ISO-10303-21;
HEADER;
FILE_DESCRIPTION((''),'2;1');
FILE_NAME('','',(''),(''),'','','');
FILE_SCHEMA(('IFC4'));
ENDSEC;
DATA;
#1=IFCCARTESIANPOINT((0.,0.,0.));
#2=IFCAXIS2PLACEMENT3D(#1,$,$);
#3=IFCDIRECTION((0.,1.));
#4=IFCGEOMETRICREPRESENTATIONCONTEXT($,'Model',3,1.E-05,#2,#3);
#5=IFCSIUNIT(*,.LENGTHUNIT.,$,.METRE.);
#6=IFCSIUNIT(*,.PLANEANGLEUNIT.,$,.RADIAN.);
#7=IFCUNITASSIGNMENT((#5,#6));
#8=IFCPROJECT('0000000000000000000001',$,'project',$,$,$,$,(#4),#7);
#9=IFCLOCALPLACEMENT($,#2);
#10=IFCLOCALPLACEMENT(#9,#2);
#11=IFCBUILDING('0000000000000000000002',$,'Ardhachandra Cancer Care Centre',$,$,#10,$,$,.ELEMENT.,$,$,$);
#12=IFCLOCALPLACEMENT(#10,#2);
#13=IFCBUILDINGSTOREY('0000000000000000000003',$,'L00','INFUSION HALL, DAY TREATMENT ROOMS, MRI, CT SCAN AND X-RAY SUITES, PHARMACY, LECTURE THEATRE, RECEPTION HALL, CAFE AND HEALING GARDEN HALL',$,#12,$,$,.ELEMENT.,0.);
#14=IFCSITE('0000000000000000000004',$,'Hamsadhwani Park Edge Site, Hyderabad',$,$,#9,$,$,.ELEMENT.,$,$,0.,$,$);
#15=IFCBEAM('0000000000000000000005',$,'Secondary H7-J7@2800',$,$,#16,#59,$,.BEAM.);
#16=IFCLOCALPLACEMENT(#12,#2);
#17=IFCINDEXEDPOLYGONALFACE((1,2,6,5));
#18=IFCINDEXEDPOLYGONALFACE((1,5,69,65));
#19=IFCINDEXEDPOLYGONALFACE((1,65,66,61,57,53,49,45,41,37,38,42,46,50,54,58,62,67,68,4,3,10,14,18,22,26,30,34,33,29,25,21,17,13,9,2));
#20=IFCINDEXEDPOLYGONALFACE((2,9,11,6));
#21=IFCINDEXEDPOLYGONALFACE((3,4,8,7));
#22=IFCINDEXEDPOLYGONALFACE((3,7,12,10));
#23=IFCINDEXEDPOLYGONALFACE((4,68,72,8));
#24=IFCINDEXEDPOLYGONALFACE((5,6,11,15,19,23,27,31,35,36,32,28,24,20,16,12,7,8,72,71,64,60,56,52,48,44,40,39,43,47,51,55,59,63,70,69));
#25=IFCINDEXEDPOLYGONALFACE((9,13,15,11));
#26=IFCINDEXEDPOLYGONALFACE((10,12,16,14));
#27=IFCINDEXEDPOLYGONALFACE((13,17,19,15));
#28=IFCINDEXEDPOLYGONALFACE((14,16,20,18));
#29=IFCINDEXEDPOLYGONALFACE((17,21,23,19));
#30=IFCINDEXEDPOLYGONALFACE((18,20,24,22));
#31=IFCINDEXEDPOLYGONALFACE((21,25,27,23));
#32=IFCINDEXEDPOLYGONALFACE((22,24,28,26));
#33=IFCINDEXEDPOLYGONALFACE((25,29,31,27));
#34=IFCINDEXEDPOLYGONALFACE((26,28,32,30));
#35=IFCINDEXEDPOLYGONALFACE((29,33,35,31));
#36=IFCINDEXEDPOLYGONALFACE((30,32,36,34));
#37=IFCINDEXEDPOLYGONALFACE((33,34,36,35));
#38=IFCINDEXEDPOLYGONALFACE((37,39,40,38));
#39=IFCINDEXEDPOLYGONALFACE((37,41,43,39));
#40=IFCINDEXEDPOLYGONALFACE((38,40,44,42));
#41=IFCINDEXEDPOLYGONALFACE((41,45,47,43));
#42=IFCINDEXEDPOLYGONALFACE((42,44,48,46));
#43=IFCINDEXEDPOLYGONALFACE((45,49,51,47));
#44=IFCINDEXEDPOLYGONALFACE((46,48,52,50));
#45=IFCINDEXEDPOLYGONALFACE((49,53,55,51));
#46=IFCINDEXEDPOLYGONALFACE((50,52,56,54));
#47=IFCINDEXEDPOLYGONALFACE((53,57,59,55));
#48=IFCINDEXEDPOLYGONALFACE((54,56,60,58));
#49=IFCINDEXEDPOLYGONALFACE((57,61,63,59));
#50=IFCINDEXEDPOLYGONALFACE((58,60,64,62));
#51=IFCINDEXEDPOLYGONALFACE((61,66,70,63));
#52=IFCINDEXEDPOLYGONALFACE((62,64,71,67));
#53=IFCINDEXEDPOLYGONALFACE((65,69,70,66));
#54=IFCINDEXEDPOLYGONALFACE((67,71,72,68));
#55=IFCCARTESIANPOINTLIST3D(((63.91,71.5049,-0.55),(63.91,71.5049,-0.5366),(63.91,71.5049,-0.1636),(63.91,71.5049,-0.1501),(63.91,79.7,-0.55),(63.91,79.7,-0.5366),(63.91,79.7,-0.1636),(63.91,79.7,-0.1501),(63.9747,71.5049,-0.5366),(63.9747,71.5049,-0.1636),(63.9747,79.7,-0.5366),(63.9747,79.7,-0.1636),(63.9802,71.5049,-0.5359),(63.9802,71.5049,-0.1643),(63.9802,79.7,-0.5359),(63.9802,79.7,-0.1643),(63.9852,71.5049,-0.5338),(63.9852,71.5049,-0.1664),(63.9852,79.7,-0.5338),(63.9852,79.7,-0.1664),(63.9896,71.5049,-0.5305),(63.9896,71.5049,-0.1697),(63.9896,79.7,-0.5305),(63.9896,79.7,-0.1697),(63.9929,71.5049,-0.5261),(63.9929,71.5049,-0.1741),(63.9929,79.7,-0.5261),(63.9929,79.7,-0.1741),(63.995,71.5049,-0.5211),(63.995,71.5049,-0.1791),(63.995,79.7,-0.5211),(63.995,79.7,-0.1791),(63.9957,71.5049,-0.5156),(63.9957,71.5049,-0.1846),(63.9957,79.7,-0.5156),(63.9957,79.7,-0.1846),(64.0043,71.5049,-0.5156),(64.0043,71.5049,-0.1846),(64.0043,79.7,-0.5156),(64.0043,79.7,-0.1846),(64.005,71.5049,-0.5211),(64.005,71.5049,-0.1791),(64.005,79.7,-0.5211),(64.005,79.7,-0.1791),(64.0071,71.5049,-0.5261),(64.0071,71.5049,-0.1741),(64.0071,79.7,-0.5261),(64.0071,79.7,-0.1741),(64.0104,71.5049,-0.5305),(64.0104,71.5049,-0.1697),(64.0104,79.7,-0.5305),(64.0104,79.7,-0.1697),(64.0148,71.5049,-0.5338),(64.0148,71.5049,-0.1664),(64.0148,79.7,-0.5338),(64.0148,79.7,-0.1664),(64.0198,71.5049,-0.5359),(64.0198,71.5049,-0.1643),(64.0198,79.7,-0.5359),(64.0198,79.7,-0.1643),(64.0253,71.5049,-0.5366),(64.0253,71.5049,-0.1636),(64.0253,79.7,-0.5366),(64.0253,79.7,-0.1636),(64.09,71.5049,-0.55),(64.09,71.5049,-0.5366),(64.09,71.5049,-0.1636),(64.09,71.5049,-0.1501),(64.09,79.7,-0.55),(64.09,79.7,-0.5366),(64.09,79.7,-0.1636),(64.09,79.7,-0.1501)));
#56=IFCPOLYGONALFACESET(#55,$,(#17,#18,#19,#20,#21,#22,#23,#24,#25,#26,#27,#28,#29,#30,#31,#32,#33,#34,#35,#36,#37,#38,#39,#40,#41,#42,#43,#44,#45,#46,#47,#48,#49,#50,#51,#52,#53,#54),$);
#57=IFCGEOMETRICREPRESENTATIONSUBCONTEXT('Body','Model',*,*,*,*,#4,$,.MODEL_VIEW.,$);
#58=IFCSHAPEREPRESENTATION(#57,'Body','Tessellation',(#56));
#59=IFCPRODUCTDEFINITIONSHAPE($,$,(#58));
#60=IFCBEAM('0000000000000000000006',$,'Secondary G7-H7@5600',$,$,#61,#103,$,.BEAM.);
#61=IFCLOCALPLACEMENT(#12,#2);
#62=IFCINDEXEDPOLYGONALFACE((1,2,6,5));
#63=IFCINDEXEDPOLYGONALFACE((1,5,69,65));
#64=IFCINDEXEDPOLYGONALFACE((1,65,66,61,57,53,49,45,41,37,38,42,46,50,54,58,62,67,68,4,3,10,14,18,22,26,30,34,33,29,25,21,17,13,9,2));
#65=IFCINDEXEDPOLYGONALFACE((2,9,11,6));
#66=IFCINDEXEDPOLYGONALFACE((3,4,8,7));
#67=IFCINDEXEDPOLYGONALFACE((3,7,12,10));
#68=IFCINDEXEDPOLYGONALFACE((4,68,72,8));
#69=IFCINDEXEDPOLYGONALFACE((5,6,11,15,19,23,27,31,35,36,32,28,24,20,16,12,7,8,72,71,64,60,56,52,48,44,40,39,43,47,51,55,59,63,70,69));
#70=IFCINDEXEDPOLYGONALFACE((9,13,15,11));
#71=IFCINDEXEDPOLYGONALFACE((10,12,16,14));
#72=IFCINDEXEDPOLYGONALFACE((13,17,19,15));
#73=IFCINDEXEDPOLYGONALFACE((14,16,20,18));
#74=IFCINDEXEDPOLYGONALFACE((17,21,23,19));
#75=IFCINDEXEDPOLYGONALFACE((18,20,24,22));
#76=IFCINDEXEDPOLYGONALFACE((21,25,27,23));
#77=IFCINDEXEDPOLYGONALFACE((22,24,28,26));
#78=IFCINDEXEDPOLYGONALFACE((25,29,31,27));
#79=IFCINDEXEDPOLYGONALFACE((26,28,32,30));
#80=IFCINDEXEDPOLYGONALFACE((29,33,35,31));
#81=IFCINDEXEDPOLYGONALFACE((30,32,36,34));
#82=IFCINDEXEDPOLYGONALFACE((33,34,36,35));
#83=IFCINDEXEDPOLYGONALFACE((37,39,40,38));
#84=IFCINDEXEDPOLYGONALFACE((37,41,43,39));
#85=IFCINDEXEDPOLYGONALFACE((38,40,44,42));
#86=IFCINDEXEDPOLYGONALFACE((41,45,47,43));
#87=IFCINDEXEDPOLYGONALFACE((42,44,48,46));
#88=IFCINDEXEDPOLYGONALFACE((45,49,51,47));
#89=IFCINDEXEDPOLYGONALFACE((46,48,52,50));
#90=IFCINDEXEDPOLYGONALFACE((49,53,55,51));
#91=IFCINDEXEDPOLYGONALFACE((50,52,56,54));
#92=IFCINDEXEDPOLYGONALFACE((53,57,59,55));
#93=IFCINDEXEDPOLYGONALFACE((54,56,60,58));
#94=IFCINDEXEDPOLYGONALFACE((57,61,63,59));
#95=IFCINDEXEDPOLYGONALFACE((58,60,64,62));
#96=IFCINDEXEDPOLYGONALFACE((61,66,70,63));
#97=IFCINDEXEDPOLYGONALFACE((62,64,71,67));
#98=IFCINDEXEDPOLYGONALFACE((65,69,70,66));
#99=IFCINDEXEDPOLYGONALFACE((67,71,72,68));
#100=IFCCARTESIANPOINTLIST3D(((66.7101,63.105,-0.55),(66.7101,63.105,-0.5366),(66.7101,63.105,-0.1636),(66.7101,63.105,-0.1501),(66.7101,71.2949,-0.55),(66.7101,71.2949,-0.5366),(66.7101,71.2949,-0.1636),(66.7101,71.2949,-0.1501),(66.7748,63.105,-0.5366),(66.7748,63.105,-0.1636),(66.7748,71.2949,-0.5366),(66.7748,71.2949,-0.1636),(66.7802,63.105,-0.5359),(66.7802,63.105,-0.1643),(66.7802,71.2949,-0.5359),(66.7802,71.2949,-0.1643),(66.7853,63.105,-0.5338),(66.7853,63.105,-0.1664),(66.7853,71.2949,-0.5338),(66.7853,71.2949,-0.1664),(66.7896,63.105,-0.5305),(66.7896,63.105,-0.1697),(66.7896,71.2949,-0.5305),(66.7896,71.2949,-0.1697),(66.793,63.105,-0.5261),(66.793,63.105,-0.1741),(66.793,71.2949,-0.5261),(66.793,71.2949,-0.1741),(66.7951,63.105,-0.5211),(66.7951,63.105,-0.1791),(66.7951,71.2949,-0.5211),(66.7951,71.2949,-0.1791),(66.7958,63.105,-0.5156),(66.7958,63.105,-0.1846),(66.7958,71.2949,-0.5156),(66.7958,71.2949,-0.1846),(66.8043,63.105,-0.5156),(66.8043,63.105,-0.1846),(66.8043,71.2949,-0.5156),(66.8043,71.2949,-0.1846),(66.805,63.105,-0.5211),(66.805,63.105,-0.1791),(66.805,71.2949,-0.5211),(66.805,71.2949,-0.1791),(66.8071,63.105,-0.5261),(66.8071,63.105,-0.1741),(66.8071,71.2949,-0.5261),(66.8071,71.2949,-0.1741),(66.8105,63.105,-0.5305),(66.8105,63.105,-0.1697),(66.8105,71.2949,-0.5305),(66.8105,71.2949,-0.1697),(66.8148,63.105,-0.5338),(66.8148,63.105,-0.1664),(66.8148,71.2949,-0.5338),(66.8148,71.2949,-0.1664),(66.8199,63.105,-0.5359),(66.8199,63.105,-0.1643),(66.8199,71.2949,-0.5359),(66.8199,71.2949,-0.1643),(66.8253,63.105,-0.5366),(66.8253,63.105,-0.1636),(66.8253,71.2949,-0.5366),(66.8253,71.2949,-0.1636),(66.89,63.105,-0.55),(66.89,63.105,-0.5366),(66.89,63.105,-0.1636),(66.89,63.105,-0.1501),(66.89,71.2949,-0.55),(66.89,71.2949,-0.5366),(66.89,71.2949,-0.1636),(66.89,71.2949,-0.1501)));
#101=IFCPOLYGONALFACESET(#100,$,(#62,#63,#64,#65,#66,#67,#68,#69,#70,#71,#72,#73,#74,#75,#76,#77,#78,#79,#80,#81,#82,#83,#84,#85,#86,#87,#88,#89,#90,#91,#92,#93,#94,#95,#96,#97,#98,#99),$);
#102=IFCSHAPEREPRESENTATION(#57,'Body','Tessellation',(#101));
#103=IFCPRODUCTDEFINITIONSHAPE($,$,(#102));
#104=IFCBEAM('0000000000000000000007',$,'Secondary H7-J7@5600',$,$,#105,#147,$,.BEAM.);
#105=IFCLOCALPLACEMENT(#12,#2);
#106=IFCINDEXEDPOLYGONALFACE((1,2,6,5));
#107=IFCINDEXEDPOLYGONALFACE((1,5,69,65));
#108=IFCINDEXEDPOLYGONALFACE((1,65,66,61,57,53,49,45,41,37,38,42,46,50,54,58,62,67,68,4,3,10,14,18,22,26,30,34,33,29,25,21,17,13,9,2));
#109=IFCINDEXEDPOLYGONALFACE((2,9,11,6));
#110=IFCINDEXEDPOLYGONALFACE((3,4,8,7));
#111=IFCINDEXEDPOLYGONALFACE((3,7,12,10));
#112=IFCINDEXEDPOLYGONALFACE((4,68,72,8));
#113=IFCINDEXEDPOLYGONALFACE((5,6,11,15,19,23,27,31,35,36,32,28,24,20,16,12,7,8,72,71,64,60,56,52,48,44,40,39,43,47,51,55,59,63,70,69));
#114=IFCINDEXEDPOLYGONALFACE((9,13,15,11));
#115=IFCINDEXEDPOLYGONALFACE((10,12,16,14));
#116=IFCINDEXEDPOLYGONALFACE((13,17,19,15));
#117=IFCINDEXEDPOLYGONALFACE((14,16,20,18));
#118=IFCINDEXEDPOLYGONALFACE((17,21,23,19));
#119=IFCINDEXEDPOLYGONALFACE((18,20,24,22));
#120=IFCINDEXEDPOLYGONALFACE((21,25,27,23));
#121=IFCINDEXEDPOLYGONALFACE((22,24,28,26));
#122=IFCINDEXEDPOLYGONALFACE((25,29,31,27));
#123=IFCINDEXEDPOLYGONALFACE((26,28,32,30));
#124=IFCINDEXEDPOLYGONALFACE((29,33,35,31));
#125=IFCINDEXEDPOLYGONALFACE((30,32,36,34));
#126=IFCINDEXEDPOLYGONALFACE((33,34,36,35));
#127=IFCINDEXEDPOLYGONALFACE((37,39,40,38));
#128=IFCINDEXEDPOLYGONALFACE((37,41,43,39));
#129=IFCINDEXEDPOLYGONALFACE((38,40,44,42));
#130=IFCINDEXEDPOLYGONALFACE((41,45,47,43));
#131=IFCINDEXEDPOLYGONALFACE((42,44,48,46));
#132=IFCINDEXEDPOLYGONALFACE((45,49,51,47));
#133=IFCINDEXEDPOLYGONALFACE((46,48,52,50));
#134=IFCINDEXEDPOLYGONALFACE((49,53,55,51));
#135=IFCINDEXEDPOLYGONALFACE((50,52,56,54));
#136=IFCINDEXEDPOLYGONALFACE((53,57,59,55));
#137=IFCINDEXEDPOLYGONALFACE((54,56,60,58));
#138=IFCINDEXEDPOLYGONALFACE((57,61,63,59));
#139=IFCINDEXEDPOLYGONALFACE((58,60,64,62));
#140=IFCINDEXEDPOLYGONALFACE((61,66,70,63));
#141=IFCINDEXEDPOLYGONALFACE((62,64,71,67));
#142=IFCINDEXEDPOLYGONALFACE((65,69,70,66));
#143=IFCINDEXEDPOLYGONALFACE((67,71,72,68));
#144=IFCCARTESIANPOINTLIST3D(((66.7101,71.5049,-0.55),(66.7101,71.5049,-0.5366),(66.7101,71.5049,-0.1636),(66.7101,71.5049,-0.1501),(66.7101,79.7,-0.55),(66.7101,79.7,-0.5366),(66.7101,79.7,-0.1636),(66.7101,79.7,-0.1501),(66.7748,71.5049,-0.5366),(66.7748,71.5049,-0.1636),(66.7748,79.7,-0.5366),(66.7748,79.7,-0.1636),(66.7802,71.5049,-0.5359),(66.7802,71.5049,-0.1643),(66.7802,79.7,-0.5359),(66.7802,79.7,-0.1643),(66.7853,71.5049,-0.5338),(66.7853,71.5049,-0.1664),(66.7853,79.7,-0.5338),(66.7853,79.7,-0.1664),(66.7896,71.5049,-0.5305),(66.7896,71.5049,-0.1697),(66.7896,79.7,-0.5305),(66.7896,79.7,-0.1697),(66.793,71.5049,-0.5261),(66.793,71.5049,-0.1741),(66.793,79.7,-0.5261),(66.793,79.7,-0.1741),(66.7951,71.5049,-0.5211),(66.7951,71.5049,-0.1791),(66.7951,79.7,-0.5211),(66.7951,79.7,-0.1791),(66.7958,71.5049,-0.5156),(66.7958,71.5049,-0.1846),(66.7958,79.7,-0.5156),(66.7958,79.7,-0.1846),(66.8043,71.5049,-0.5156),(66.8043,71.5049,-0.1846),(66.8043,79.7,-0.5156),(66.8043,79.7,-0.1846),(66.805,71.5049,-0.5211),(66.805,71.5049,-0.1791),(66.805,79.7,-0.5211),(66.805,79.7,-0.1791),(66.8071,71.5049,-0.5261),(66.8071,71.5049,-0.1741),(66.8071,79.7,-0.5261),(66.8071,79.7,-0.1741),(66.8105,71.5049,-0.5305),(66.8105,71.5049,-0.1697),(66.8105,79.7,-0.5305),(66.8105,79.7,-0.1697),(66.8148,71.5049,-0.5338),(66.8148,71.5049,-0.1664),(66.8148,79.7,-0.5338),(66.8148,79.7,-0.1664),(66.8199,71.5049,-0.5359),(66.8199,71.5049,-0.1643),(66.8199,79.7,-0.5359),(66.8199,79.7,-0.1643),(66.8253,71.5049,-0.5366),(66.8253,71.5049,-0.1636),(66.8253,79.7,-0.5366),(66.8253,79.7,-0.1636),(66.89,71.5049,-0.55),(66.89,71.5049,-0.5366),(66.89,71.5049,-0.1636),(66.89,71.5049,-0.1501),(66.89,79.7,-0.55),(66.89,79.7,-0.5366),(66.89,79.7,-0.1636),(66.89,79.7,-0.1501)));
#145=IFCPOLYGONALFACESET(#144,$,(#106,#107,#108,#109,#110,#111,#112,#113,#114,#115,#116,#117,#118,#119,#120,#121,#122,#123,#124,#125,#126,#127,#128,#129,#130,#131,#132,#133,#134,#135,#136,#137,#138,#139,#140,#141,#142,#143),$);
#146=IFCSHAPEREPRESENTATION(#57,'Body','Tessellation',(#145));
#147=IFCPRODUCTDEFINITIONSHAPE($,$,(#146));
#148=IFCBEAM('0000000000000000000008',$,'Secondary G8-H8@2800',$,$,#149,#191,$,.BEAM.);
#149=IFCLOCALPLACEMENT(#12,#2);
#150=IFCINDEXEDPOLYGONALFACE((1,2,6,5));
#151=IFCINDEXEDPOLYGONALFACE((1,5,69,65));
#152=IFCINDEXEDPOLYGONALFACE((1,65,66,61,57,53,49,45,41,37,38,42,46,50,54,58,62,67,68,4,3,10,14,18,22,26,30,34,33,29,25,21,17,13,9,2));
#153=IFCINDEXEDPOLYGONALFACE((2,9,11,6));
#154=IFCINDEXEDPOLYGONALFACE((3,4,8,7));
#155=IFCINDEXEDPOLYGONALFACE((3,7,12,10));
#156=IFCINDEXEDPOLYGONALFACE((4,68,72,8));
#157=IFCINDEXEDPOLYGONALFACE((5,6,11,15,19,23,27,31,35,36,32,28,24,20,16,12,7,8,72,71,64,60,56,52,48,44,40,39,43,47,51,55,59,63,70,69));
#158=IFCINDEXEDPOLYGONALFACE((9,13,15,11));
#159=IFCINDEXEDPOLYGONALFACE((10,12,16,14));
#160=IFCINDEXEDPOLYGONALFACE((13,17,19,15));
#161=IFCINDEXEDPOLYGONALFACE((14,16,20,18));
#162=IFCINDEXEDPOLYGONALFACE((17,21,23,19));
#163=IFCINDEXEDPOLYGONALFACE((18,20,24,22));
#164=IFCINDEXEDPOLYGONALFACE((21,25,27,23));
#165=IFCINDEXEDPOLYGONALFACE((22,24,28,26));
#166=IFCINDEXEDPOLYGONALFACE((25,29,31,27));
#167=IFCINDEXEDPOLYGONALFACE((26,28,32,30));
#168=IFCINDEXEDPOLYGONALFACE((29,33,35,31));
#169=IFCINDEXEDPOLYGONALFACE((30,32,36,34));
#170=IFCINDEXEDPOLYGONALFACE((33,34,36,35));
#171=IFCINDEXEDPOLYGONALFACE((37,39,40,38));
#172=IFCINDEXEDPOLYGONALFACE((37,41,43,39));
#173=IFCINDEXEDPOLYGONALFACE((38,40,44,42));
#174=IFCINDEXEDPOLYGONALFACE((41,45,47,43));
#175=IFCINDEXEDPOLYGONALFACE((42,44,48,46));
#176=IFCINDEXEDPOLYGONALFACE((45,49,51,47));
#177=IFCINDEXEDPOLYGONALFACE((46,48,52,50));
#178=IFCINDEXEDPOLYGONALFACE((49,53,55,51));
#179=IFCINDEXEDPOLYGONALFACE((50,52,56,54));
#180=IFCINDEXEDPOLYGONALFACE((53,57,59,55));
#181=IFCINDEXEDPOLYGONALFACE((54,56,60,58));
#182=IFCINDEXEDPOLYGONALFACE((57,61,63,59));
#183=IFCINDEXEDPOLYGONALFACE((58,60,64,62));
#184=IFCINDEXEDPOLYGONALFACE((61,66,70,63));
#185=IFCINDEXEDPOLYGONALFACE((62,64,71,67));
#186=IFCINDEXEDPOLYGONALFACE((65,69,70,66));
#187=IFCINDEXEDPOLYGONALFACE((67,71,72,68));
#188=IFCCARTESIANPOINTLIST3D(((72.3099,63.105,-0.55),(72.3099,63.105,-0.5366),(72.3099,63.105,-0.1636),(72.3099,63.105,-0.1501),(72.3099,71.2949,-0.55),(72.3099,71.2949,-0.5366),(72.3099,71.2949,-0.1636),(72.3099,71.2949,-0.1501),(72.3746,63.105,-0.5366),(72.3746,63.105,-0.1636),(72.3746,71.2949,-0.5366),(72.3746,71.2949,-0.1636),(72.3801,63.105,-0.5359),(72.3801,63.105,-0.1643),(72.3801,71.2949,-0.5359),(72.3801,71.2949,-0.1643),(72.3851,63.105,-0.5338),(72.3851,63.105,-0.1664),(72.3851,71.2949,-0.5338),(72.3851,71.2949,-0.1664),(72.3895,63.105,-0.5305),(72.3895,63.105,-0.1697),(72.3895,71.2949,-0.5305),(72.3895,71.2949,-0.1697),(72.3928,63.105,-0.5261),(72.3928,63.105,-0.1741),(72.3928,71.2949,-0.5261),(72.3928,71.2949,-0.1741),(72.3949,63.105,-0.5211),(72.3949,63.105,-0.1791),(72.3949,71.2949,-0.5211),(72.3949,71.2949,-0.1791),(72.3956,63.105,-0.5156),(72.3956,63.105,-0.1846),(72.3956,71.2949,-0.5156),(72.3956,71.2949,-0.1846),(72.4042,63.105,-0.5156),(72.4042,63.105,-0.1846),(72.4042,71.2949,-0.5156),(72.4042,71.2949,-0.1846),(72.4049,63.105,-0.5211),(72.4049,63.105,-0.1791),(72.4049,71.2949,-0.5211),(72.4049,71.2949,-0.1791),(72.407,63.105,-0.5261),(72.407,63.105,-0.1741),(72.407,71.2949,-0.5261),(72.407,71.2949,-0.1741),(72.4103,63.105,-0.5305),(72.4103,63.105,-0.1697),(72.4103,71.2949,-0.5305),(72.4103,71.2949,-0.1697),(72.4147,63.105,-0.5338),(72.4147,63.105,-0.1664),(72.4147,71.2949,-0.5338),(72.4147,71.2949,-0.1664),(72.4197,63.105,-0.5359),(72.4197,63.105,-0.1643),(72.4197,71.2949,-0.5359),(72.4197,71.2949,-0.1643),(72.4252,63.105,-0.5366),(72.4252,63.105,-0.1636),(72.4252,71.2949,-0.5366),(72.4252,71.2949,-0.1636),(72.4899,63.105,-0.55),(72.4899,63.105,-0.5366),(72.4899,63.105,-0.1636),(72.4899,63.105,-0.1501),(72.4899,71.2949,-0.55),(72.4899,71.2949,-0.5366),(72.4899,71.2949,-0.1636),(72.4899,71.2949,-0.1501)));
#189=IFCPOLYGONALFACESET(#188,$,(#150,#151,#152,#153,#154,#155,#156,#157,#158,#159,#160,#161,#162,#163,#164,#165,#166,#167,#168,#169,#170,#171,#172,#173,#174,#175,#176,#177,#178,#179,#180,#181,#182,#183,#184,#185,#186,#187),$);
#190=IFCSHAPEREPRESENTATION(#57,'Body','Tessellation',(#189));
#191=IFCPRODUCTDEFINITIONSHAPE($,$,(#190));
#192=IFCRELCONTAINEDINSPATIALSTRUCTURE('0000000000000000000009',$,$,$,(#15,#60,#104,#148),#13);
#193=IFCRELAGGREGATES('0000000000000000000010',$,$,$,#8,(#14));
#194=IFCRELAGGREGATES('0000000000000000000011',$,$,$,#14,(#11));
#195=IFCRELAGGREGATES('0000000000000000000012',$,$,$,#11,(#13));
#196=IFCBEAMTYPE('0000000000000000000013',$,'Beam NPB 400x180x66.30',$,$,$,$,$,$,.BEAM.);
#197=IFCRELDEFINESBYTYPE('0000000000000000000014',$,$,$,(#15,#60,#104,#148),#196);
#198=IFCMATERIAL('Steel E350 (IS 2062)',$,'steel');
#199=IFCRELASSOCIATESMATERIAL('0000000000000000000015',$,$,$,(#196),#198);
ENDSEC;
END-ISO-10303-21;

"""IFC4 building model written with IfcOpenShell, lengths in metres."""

from ifc_helpers import new_model, si_unit, direction, frame, origin, origin_2d, place, context, subcontext, project, spatial, i_section, extrude, material, material_profile, profile_set, type_object, element, save


model = new_model("IFC4")

# Units and contexts
model_context = context("Model", 3, precision=1e-05, world=origin(), true_north=direction((0.0, 1.0)))
body_context = subcontext(model_context, "Body", "Model", "MODEL_VIEW")
ifc_project = project(units=[si_unit("LENGTHUNIT", "METRE"), si_unit("PLANEANGLEUNIT", "RADIAN")], contexts=[model_context])

# Site, building, storey
site_placement = place(None, origin())
site = spatial("IfcSite", under=ifc_project, at=site_placement, Name="Hamsadhwani Park Edge Site, Hyderabad", CompositionType="ELEMENT", RefElevation=0.0)
building_placement = place(site_placement, origin())
building = spatial("IfcBuilding", under=site, at=building_placement, Name="Ardhachandra Cancer Care Centre", CompositionType="ELEMENT")
storey_placement = place(building_placement, origin())
storey = spatial("IfcBuildingStorey", under=building, at=storey_placement, Name="L00", Description="INFUSION HALL, DAY TREATMENT ROOMS, MRI, CT SCAN AND X-RAY SUITES, PHARMACY, LECTURE THEATRE, RECEPTION HALL, CAFE AND HEALING GARDEN HALL", CompositionType="ELEMENT", Elevation=0.0)

# Beams
ifc_material_1 = material(Name="Steel E350 (IS 2062)", Category="steel")
ifc_material_profile_1 = material_profile(ifc_material_1, i_section(OverallWidth=0.1799, OverallDepth=0.3999, WebThickness=0.0085, FlangeThickness=0.0134, FilletRadius=0.021, at=origin_2d()), Name="NPB 400x180x66.30")
ifc_profile_set_1 = profile_set([ifc_material_profile_1], Name="Steel E350 (IS 2062)")
beam_type_1 = type_object("IfcBeamType", Name="Beam NPB 400x180x66.30", PredefinedType="BEAM", material=ifc_profile_set_1)
beam_1_placement = place(storey_placement, frame((64.0, 71.5049, -0.3501), z_axis=(0.0, 1.0, 0.0), x_axis=(-1.0, 0.0, 0.0)))
element("IfcBeam", 1, at=beam_1_placement, inside=storey, type_object=beam_type_1, Name="Secondary H7-J7@2800", PredefinedType="BEAM", context=body_context, shape_type="SweptSolid", body=[
    extrude(i_section(OverallWidth=0.1799, OverallDepth=0.3999, WebThickness=0.0085, FlangeThickness=0.0134, FilletRadius=0.021, at=origin_2d()), origin(), (0.0, 0.0, 1.0), 8.1951),
])
beam_2_placement = place(storey_placement, frame((66.8, 63.105, -0.3501), z_axis=(0.0, 1.0, 0.0), x_axis=(-1.0, 0.0, 0.0)))
element("IfcBeam", 2, at=beam_2_placement, inside=storey, type_object=beam_type_1, Name="Secondary G7-H7@5600", PredefinedType="BEAM", context=body_context, shape_type="SweptSolid", body=[
    extrude(i_section(OverallWidth=0.1799, OverallDepth=0.3999, WebThickness=0.0085, FlangeThickness=0.0134, FilletRadius=0.021, at=origin_2d()), origin(), (0.0, 0.0, 1.0), 8.1899),
])
beam_3_placement = place(storey_placement, frame((66.8, 71.5049, -0.3501), z_axis=(0.0, 1.0, 0.0), x_axis=(-1.0, 0.0, 0.0)))
element("IfcBeam", 3, at=beam_3_placement, inside=storey, type_object=beam_type_1, Name="Secondary H7-J7@5600", PredefinedType="BEAM", context=body_context, shape_type="SweptSolid", body=[
    extrude(i_section(OverallWidth=0.1799, OverallDepth=0.3999, WebThickness=0.0085, FlangeThickness=0.0134, FilletRadius=0.021, at=origin_2d()), origin(), (0.0, 0.0, 1.0), 8.1951),
])
beam_4_placement = place(storey_placement, frame((72.3999, 63.105, -0.3501), z_axis=(0.0, 1.0, 0.0), x_axis=(-1.0, 0.0, 0.0)))
element("IfcBeam", 4, at=beam_4_placement, inside=storey, type_object=beam_type_1, Name="Secondary G8-H8@2800", PredefinedType="BEAM", context=body_context, shape_type="SweptSolid", body=[
    extrude(i_section(OverallWidth=0.1799, OverallDepth=0.3999, WebThickness=0.0085, FlangeThickness=0.0134, FilletRadius=0.021, at=origin_2d()), origin(), (0.0, 0.0, 1.0), 8.1899),
])

save(model, "model.ifc")
